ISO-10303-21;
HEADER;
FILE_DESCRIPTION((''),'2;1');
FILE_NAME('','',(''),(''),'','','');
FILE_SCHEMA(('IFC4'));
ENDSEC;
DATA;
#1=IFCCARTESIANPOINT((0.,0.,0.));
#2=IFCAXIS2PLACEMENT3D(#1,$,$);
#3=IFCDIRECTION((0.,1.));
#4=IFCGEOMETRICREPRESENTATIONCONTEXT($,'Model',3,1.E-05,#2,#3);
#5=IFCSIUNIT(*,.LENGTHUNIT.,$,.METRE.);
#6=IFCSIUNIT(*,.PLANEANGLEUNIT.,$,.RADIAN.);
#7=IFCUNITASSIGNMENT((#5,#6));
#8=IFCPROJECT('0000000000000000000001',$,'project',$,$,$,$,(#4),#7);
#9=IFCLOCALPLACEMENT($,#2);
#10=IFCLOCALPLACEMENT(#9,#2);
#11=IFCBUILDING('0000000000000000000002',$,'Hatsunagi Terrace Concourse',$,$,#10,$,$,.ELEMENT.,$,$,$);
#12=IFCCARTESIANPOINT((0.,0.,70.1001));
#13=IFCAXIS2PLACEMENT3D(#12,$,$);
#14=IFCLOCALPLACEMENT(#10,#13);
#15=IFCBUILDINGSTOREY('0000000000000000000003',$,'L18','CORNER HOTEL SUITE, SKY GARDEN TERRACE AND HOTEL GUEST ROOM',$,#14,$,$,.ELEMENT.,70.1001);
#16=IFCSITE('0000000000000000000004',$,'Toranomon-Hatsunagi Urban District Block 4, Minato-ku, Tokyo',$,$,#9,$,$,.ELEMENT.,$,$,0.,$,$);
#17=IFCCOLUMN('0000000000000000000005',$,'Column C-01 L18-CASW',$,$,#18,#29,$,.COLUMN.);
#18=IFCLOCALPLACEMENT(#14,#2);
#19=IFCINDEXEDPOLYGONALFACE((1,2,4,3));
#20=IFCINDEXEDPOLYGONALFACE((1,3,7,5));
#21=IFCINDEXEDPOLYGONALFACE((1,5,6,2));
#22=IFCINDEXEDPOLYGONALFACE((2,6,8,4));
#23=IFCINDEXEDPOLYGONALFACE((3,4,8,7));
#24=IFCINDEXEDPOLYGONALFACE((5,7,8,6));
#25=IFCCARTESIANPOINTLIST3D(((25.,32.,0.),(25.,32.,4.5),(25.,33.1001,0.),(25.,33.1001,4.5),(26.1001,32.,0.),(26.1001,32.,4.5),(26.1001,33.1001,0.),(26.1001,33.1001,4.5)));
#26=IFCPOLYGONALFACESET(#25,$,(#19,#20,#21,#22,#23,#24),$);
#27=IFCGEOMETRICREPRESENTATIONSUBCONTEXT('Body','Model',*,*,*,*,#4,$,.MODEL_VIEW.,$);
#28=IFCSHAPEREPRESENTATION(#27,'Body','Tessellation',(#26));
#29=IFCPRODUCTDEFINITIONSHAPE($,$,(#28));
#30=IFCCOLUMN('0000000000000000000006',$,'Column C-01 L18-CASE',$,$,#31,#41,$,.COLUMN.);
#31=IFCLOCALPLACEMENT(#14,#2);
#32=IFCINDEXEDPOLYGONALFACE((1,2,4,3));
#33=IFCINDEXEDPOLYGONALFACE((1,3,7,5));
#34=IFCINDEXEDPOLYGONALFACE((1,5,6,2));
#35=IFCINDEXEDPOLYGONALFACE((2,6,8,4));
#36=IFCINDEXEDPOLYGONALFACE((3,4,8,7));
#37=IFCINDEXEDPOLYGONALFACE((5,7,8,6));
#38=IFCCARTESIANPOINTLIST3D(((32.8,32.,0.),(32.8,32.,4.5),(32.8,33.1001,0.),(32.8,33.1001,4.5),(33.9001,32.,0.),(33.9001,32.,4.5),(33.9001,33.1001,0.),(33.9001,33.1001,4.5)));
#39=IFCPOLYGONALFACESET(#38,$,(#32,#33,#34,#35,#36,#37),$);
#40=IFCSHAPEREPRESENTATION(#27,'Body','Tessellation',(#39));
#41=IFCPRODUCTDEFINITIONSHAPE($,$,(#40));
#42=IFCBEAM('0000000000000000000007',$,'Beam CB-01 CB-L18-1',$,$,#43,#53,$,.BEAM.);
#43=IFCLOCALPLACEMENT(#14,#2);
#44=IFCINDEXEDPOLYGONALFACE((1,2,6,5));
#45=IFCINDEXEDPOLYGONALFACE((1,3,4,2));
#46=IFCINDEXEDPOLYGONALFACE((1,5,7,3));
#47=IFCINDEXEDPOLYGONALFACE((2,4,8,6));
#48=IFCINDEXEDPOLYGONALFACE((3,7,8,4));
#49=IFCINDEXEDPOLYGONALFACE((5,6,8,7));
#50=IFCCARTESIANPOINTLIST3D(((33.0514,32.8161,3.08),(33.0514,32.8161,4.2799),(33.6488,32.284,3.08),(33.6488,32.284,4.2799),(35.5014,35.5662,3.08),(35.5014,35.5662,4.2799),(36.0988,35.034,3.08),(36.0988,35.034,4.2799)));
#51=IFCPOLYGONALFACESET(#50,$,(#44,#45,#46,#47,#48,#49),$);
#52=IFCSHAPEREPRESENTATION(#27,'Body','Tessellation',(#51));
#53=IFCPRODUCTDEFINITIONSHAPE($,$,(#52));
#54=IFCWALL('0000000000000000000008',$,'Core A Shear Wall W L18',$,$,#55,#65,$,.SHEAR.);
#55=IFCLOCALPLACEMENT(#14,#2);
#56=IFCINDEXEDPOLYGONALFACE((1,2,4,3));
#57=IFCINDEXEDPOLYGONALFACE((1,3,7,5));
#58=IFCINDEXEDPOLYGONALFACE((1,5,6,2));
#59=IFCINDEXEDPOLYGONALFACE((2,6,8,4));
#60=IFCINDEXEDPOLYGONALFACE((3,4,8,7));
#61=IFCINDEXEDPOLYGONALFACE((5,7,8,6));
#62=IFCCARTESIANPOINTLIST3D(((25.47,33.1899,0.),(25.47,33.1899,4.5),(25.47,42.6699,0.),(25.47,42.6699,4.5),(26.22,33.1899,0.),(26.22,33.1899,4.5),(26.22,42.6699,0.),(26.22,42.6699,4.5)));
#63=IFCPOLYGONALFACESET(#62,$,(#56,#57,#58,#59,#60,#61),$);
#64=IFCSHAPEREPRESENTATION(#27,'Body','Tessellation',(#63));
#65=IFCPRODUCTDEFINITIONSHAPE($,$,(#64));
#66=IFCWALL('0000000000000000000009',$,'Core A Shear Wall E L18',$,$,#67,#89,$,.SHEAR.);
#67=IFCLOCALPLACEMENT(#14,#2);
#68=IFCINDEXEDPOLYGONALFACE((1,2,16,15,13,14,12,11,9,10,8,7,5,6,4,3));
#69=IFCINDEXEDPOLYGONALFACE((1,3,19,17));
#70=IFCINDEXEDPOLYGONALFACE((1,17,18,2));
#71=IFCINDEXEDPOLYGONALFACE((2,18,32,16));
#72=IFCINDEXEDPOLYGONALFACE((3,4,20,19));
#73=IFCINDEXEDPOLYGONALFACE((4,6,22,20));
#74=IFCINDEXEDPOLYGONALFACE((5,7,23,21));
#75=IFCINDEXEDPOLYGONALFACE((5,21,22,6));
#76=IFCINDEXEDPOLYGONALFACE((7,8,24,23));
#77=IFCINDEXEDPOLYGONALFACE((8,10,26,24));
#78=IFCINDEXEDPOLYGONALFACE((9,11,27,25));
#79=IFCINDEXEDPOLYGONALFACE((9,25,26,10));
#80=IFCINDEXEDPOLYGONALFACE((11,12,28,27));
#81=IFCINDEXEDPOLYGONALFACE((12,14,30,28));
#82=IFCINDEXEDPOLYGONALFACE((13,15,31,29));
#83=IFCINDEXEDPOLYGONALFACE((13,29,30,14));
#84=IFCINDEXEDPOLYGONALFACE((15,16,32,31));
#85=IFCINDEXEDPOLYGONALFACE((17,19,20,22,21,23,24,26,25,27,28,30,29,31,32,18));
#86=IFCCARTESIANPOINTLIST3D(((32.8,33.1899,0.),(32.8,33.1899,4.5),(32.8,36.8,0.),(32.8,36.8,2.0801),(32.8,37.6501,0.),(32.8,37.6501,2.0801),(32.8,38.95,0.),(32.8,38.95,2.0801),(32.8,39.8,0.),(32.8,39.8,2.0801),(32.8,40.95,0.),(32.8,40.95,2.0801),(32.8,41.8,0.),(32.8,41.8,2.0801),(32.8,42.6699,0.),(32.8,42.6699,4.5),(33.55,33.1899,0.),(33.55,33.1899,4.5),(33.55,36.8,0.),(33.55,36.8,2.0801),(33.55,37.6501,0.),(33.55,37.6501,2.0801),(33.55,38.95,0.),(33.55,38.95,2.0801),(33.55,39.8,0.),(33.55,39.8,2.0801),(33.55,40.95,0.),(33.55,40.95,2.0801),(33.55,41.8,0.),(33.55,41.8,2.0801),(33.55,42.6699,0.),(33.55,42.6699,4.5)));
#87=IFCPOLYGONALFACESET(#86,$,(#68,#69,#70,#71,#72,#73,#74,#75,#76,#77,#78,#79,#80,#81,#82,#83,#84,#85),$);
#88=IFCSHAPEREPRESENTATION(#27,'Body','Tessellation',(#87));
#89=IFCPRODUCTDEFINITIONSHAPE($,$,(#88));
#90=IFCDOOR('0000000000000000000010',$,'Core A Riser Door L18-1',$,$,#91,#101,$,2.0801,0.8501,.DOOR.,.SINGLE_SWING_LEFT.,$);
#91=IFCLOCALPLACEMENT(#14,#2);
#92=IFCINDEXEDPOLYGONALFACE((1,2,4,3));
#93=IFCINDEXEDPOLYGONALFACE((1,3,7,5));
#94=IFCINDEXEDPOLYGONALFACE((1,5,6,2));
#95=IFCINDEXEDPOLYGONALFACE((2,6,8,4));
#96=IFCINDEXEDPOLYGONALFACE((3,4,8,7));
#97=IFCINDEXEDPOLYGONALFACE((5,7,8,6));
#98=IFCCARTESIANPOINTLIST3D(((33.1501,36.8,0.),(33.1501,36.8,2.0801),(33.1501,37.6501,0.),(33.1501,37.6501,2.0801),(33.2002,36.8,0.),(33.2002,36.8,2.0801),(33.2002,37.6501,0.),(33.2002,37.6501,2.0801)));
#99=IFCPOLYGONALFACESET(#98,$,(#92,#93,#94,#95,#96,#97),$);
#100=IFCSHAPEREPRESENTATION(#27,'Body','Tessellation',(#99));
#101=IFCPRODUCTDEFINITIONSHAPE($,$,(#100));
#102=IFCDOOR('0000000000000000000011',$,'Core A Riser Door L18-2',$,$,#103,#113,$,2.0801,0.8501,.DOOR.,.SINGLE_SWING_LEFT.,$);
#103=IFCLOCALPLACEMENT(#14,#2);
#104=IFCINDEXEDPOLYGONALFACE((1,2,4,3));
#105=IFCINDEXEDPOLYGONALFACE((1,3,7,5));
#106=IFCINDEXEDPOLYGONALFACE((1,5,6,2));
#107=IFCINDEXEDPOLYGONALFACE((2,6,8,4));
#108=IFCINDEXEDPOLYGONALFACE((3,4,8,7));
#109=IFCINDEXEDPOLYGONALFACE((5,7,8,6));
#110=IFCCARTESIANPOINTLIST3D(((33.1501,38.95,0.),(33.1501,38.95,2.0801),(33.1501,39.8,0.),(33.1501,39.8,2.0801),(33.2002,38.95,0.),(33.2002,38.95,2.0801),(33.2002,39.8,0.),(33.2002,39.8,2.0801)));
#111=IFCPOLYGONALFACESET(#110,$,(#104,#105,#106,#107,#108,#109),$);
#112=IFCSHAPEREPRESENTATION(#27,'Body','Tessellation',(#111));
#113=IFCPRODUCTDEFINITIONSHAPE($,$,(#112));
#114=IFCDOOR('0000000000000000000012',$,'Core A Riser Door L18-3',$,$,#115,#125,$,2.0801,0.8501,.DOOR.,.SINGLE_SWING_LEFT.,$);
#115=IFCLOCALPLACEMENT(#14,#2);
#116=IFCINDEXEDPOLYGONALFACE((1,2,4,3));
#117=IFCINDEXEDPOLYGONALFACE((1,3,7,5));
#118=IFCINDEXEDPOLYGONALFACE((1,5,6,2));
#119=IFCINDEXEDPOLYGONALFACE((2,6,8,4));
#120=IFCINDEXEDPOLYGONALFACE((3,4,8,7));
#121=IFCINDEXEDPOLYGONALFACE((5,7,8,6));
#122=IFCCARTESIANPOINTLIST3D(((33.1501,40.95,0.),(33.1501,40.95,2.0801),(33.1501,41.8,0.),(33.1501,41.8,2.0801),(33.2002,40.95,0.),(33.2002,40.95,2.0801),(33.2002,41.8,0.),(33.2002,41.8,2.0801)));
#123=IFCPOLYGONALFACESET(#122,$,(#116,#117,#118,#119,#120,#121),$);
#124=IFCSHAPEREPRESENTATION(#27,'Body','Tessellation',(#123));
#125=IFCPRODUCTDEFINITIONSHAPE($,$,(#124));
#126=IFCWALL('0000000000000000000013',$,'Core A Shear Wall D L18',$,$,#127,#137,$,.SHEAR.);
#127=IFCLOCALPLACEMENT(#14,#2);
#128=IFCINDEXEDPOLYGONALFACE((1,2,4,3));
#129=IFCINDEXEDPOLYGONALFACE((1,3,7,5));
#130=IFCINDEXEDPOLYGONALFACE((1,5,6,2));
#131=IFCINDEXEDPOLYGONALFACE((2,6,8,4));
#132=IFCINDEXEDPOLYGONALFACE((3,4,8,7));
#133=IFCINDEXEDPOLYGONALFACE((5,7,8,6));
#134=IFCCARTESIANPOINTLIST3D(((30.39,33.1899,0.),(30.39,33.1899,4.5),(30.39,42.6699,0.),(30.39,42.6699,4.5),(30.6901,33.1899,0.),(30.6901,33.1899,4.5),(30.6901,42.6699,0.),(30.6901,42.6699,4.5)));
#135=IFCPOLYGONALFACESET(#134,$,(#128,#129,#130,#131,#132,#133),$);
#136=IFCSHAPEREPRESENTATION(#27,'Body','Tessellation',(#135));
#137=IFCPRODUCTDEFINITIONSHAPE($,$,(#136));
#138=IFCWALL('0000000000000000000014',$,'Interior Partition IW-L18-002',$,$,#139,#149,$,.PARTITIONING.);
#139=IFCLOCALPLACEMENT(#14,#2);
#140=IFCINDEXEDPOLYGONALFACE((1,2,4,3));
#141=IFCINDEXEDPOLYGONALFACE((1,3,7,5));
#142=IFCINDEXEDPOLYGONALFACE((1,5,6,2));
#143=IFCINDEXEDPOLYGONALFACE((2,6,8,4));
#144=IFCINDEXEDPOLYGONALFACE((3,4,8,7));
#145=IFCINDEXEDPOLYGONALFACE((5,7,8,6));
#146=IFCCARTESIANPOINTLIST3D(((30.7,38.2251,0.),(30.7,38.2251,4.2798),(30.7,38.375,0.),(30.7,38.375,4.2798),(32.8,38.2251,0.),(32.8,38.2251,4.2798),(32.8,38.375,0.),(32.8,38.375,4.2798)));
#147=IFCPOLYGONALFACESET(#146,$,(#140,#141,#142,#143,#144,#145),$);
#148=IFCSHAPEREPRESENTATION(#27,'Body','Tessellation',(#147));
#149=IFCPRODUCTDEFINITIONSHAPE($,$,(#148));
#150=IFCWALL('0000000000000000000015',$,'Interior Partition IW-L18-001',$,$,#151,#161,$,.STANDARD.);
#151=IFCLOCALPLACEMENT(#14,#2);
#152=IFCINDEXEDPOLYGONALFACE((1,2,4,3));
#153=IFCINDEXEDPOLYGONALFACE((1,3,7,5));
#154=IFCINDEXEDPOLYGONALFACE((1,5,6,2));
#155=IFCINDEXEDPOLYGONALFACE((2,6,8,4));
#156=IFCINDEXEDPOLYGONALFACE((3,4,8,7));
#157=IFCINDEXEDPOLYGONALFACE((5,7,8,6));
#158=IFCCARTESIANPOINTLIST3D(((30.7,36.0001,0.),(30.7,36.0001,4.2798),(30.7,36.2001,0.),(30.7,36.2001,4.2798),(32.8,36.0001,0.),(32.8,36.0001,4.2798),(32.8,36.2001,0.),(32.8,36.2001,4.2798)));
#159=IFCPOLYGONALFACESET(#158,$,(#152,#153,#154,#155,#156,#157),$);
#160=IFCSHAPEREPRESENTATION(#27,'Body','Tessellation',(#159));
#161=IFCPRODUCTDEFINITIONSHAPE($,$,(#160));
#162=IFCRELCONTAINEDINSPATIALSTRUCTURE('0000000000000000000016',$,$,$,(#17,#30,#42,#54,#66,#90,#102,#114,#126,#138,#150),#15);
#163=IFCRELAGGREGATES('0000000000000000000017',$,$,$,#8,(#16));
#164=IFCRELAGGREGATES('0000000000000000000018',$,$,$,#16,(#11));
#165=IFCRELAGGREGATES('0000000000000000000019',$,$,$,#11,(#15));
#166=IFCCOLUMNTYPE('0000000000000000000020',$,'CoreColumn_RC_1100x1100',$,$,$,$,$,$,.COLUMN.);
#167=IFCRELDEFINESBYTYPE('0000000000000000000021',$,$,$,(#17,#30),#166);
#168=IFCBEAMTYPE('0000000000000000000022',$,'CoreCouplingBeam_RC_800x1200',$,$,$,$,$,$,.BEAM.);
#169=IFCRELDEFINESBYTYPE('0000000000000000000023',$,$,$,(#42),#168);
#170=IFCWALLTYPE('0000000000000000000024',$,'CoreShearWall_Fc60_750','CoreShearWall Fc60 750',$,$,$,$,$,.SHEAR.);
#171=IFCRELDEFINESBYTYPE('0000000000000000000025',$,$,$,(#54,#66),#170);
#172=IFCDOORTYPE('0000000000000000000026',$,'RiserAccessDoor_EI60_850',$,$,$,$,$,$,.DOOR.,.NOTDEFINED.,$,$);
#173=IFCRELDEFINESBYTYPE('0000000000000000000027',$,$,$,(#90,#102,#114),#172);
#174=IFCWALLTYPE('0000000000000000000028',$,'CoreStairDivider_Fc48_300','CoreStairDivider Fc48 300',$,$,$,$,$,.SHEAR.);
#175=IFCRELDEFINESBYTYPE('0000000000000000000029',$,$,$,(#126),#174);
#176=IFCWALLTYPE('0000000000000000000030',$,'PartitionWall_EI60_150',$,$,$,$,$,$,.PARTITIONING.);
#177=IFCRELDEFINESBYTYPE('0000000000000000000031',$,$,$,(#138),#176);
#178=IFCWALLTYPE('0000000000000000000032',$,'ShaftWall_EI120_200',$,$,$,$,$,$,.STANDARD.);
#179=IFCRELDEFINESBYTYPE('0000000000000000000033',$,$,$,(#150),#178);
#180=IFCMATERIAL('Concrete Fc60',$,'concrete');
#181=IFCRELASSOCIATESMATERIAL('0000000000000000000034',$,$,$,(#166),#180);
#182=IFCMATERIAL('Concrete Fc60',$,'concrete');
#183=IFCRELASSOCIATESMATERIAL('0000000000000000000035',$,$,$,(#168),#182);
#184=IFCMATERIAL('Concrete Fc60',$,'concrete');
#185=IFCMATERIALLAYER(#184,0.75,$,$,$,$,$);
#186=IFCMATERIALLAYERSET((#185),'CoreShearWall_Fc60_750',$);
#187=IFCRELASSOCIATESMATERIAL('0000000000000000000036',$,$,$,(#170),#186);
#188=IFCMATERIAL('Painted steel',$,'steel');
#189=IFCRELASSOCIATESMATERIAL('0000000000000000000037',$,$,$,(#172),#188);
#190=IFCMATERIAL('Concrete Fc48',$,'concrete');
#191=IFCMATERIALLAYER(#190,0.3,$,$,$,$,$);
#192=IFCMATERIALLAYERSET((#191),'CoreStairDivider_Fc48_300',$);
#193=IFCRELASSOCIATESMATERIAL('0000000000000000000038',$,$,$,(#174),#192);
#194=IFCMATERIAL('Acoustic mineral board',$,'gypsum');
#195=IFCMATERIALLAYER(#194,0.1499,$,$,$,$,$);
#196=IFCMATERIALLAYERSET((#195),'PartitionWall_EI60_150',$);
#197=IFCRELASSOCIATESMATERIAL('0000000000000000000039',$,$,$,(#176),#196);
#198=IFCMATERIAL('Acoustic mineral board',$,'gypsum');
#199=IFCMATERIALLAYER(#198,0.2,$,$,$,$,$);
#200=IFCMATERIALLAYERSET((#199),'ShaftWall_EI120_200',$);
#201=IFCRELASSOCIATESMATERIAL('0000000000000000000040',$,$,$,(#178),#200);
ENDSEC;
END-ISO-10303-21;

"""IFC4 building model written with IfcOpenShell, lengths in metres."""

from ifc_helpers import new_model, si_unit, direction, frame, frame_2d, origin, origin_2d, place, context, subcontext, project, spatial, rectangle, extrude, material, layer, layer_set, material_profile, profile_set, type_object, element, fill, save


model = new_model("IFC4")

# Units and contexts
model_context = context("Model", 3, precision=1e-05, world=origin(), true_north=direction((0.0, 1.0)))
body_context = subcontext(model_context, "Body", "Model", "MODEL_VIEW")
ifc_project = project(units=[si_unit("LENGTHUNIT", "METRE"), si_unit("PLANEANGLEUNIT", "RADIAN")], contexts=[model_context])

# Site, building, storey
site_placement = place(None, origin())
site = spatial("IfcSite", under=ifc_project, at=site_placement, Name="Toranomon-Hatsunagi Urban District Block 4, Minato-ku, Tokyo", CompositionType="ELEMENT", RefElevation=0.0)
building_placement = place(site_placement, origin())
building = spatial("IfcBuilding", under=site, at=building_placement, Name="Hatsunagi Terrace Concourse", CompositionType="ELEMENT")
storey_placement = place(building_placement, frame((0.0, 0.0, 70.1001)))
storey = spatial("IfcBuildingStorey", under=building, at=storey_placement, Name="L18", Description="CORNER HOTEL SUITE, SKY GARDEN TERRACE AND HOTEL GUEST ROOM", CompositionType="ELEMENT", Elevation=70.1001)

# Columns
ifc_material_1 = material(Name="Concrete Fc60", Category="concrete")
ifc_material_profile_1 = material_profile(ifc_material_1, rectangle(XDim=1.1001, YDim=1.1001, at=origin_2d()), Name="RC-1100x1100")
ifc_profile_set_1 = profile_set([ifc_material_profile_1], Name="Concrete Fc60")
column_type = type_object("IfcColumnType", Name="CoreColumn_RC_1100x1100", PredefinedType="COLUMN", material=ifc_profile_set_1)
for number, where, z_axis, x_axis, name in (
    (1, (25.55, 32.55, 0.0), (0.0, 0.0, 1.0), (1.0, 0.0, 0.0), "Column C-01 L18-CASW"),
    (2, (33.3501, 32.55, 0.0), (0.0, 0.0, 1.0), (1.0, 0.0, 0.0), "Column C-01 L18-CASE"),
):
    element("IfcColumn", number, at=place(storey_placement, frame(where, z_axis=z_axis, x_axis=x_axis)), inside=storey, type_object=column_type, Name=name, PredefinedType="COLUMN", context=body_context, shape_type="SweptSolid", body=[
        extrude(rectangle(XDim=1.1001, YDim=1.1001, at=origin_2d()), origin(), (0.0, 0.0, 1.0), 4.5),
    ])

# Beam
ifc_material_2 = material(Name="Concrete Fc60", Category="concrete")
ifc_material_profile_2 = material_profile(ifc_material_2, rectangle(XDim=0.8, YDim=1.2, at=origin_2d()), Name="RC-800x1200")
ifc_profile_set_2 = profile_set([ifc_material_profile_2], Name="Concrete Fc60")
beam_type = type_object("IfcBeamType", Name="CoreCouplingBeam_RC_800x1200", PredefinedType="BEAM", material=ifc_profile_set_2)
beam_placement = place(storey_placement, frame((33.3501, 32.55, 3.6799), z_axis=(0.665199, 0.746666, 0.0), x_axis=(-0.746666, 0.665199, 0.0)))
element("IfcBeam", 3, at=beam_placement, inside=storey, type_object=beam_type, Name="Beam CB-01 CB-L18-1", PredefinedType="BEAM", context=body_context, shape_type="SweptSolid", body=[
    extrude(rectangle(XDim=0.8, YDim=1.2, at=origin_2d()), origin(), (0.0, 0.0, 1.0), 3.6831),
])

# Wall
ifc_material_3 = material(Name="Concrete Fc60", Category="concrete")
ifc_layer_1 = layer(ifc_material_3, 0.75)
ifc_layer_set_1 = layer_set([ifc_layer_1], Name="CoreShearWall_Fc60_750")
wall_type_1 = type_object("IfcWallType", Name="CoreShearWall_Fc60_750", Description="CoreShearWall Fc60 750", PredefinedType="SHEAR", material=ifc_layer_set_1)
wall_1_placement = place(storey_placement, frame((25.845, 33.1899, 0.0), z_axis=(0.0, 0.0, 1.0), x_axis=(0.0, 1.0, 0.0)))
element("IfcWall", 4, at=wall_1_placement, inside=storey, type_object=wall_type_1, Name="Core A Shear Wall W L18", PredefinedType="SHEAR", context=body_context, shape_type="SweptSolid", body=[
    extrude(rectangle(XDim=9.48, YDim=0.75, at=frame_2d((4.74, 0.0))), origin(), (0.0, 0.0, 1.0), 4.5),
])

# Wall, openings, doors
wall_2_placement = place(storey_placement, frame((33.175, 33.1899, 0.0), z_axis=(0.0, 0.0, 1.0), x_axis=(0.0, 1.0, 0.0)))
wall_2 = element("IfcWall", 5, at=wall_2_placement, inside=storey, type_object=wall_type_1, Name="Core A Shear Wall E L18", PredefinedType="SHEAR", context=body_context, shape_type="SweptSolid", body=[
    extrude(rectangle(XDim=9.48, YDim=0.75, at=frame_2d((4.74, 0.0))), origin(), (0.0, 0.0, 1.0), 4.5),
])
opening_1_placement = place(wall_2_placement, frame((3.6101, 0.0, 0.0)))
opening_1 = element("IfcOpeningElement", 6, at=opening_1_placement, cuts=wall_2, PredefinedType="OPENING", context=body_context, shape_type="SweptSolid", body=[
    extrude(rectangle(XDim=0.8501, YDim=2.0801, at=frame_2d((0.425, 1.04))), frame((0.0, 0.385, 0.0), z_axis=(0.0, -1.0, 0.0), x_axis=(1.0, 0.0, 0.0)), (0.0, 0.0, 1.0), 0.77),
])
opening_2_placement = place(wall_2_placement, frame((5.76, 0.0, 0.0)))
opening_2 = element("IfcOpeningElement", 7, at=opening_2_placement, cuts=wall_2, PredefinedType="OPENING", context=body_context, shape_type="SweptSolid", body=[
    extrude(rectangle(XDim=0.8501, YDim=2.0801, at=frame_2d((0.425, 1.04))), frame((0.0, 0.385, 0.0), z_axis=(0.0, -1.0, 0.0), x_axis=(1.0, 0.0, 0.0)), (0.0, 0.0, 1.0), 0.77),
])
opening_3_placement = place(wall_2_placement, frame((7.76, 0.0, 0.0)))
opening_3 = element("IfcOpeningElement", 8, at=opening_3_placement, cuts=wall_2, PredefinedType="OPENING", context=body_context, shape_type="SweptSolid", body=[
    extrude(rectangle(XDim=0.8501, YDim=2.0801, at=frame_2d((0.425, 1.04))), frame((0.0, 0.385, 0.0), z_axis=(0.0, -1.0, 0.0), x_axis=(1.0, 0.0, 0.0)), (0.0, 0.0, 1.0), 0.77),
])
ifc_material_4 = material(Name="Painted steel", Category="steel")
door_type = type_object("IfcDoorType", Name="RiserAccessDoor_EI60_850", OperationType="NOTDEFINED", PredefinedType="DOOR", material=ifc_material_4)
door_1_placement = place(opening_1_placement, origin())
door_1 = element("IfcDoor", 9, at=door_1_placement, inside=storey, type_object=door_type, Name="Core A Riser Door L18-1", OperationType="SINGLE_SWING_LEFT", OverallHeight=2.0801, OverallWidth=0.8501, PredefinedType="DOOR", context=body_context, shape_type="SweptSolid", body=[
    extrude(rectangle(XDim=0.8501, YDim=2.0801, at=frame_2d((0.425, 1.04))), frame((0.0, 0.0249, 0.0), z_axis=(0.0, -1.0, 0.0), x_axis=(1.0, 0.0, 0.0)), (0.0, 0.0, 1.0), 0.05),
])
fill(opening_1, door_1)
door_2_placement = place(opening_2_placement, origin())
door_2 = element("IfcDoor", 10, at=door_2_placement, inside=storey, type_object=door_type, Name="Core A Riser Door L18-2", OperationType="SINGLE_SWING_LEFT", OverallHeight=2.0801, OverallWidth=0.8501, PredefinedType="DOOR", context=body_context, shape_type="SweptSolid", body=[
    extrude(rectangle(XDim=0.8501, YDim=2.0801, at=frame_2d((0.425, 1.04))), frame((0.0, 0.0249, 0.0), z_axis=(0.0, -1.0, 0.0), x_axis=(1.0, 0.0, 0.0)), (0.0, 0.0, 1.0), 0.05),
])
fill(opening_2, door_2)
door_3_placement = place(opening_3_placement, origin())
door_3 = element("IfcDoor", 11, at=door_3_placement, inside=storey, type_object=door_type, Name="Core A Riser Door L18-3", OperationType="SINGLE_SWING_LEFT", OverallHeight=2.0801, OverallWidth=0.8501, PredefinedType="DOOR", context=body_context, shape_type="SweptSolid", body=[
    extrude(rectangle(XDim=0.8501, YDim=2.0801, at=frame_2d((0.425, 1.04))), frame((0.0, 0.0249, 0.0), z_axis=(0.0, -1.0, 0.0), x_axis=(1.0, 0.0, 0.0)), (0.0, 0.0, 1.0), 0.05),
])
fill(opening_3, door_3)

# Walls
ifc_material_5 = material(Name="Concrete Fc48", Category="concrete")
ifc_layer_2 = layer(ifc_material_5, 0.3)
ifc_layer_set_2 = layer_set([ifc_layer_2], Name="CoreStairDivider_Fc48_300")
wall_type_2 = type_object("IfcWallType", Name="CoreStairDivider_Fc48_300", Description="CoreStairDivider Fc48 300", PredefinedType="SHEAR", material=ifc_layer_set_2)
wall_3_placement = place(storey_placement, frame((30.54, 33.1899, 0.0), z_axis=(0.0, 0.0, 1.0), x_axis=(0.0, 1.0, 0.0)))
element("IfcWall", 12, at=wall_3_placement, inside=storey, type_object=wall_type_2, Name="Core A Shear Wall D L18", PredefinedType="SHEAR", context=body_context, shape_type="SweptSolid", body=[
    extrude(rectangle(XDim=9.48, YDim=0.3, at=frame_2d((4.74, 0.0))), origin(), (0.0, 0.0, 1.0), 4.5),
])
ifc_material_6 = material(Name="Acoustic mineral board", Category="gypsum")
ifc_layer_3 = layer(ifc_material_6, 0.1499)
ifc_layer_set_3 = layer_set([ifc_layer_3], Name="PartitionWall_EI60_150")
wall_type_3 = type_object("IfcWallType", Name="PartitionWall_EI60_150", PredefinedType="PARTITIONING", material=ifc_layer_set_3)
wall_4_placement = place(storey_placement, frame((30.7, 38.3, 0.0), z_axis=(0.0, 0.0, 1.0), x_axis=(1.0, 0.0, 0.0)))
element("IfcWall", 13, at=wall_4_placement, inside=storey, type_object=wall_type_3, Name="Interior Partition IW-L18-002", PredefinedType="PARTITIONING", context=body_context, shape_type="SweptSolid", body=[
    extrude(rectangle(XDim=2.1001, YDim=0.1499, at=frame_2d((1.05, 0.0))), origin(), (0.0, 0.0, 1.0), 4.2798),
])
ifc_material_7 = material(Name="Acoustic mineral board", Category="gypsum")
ifc_layer_4 = layer(ifc_material_7, 0.2)
ifc_layer_set_4 = layer_set([ifc_layer_4], Name="ShaftWall_EI120_200")
wall_type_4 = type_object("IfcWallType", Name="ShaftWall_EI120_200", PredefinedType="STANDARD", material=ifc_layer_set_4)
wall_5_placement = place(storey_placement, frame((30.7, 36.1001, 0.0), z_axis=(0.0, 0.0, 1.0), x_axis=(1.0, 0.0, 0.0)))
element("IfcWall", 14, at=wall_5_placement, inside=storey, type_object=wall_type_4, Name="Interior Partition IW-L18-001", PredefinedType="STANDARD", context=body_context, shape_type="SweptSolid", body=[
    extrude(rectangle(XDim=2.1001, YDim=0.2, at=frame_2d((1.05, 0.0))), origin(), (0.0, 0.0, 1.0), 4.2798),
])

save(model, "model.ifc")
